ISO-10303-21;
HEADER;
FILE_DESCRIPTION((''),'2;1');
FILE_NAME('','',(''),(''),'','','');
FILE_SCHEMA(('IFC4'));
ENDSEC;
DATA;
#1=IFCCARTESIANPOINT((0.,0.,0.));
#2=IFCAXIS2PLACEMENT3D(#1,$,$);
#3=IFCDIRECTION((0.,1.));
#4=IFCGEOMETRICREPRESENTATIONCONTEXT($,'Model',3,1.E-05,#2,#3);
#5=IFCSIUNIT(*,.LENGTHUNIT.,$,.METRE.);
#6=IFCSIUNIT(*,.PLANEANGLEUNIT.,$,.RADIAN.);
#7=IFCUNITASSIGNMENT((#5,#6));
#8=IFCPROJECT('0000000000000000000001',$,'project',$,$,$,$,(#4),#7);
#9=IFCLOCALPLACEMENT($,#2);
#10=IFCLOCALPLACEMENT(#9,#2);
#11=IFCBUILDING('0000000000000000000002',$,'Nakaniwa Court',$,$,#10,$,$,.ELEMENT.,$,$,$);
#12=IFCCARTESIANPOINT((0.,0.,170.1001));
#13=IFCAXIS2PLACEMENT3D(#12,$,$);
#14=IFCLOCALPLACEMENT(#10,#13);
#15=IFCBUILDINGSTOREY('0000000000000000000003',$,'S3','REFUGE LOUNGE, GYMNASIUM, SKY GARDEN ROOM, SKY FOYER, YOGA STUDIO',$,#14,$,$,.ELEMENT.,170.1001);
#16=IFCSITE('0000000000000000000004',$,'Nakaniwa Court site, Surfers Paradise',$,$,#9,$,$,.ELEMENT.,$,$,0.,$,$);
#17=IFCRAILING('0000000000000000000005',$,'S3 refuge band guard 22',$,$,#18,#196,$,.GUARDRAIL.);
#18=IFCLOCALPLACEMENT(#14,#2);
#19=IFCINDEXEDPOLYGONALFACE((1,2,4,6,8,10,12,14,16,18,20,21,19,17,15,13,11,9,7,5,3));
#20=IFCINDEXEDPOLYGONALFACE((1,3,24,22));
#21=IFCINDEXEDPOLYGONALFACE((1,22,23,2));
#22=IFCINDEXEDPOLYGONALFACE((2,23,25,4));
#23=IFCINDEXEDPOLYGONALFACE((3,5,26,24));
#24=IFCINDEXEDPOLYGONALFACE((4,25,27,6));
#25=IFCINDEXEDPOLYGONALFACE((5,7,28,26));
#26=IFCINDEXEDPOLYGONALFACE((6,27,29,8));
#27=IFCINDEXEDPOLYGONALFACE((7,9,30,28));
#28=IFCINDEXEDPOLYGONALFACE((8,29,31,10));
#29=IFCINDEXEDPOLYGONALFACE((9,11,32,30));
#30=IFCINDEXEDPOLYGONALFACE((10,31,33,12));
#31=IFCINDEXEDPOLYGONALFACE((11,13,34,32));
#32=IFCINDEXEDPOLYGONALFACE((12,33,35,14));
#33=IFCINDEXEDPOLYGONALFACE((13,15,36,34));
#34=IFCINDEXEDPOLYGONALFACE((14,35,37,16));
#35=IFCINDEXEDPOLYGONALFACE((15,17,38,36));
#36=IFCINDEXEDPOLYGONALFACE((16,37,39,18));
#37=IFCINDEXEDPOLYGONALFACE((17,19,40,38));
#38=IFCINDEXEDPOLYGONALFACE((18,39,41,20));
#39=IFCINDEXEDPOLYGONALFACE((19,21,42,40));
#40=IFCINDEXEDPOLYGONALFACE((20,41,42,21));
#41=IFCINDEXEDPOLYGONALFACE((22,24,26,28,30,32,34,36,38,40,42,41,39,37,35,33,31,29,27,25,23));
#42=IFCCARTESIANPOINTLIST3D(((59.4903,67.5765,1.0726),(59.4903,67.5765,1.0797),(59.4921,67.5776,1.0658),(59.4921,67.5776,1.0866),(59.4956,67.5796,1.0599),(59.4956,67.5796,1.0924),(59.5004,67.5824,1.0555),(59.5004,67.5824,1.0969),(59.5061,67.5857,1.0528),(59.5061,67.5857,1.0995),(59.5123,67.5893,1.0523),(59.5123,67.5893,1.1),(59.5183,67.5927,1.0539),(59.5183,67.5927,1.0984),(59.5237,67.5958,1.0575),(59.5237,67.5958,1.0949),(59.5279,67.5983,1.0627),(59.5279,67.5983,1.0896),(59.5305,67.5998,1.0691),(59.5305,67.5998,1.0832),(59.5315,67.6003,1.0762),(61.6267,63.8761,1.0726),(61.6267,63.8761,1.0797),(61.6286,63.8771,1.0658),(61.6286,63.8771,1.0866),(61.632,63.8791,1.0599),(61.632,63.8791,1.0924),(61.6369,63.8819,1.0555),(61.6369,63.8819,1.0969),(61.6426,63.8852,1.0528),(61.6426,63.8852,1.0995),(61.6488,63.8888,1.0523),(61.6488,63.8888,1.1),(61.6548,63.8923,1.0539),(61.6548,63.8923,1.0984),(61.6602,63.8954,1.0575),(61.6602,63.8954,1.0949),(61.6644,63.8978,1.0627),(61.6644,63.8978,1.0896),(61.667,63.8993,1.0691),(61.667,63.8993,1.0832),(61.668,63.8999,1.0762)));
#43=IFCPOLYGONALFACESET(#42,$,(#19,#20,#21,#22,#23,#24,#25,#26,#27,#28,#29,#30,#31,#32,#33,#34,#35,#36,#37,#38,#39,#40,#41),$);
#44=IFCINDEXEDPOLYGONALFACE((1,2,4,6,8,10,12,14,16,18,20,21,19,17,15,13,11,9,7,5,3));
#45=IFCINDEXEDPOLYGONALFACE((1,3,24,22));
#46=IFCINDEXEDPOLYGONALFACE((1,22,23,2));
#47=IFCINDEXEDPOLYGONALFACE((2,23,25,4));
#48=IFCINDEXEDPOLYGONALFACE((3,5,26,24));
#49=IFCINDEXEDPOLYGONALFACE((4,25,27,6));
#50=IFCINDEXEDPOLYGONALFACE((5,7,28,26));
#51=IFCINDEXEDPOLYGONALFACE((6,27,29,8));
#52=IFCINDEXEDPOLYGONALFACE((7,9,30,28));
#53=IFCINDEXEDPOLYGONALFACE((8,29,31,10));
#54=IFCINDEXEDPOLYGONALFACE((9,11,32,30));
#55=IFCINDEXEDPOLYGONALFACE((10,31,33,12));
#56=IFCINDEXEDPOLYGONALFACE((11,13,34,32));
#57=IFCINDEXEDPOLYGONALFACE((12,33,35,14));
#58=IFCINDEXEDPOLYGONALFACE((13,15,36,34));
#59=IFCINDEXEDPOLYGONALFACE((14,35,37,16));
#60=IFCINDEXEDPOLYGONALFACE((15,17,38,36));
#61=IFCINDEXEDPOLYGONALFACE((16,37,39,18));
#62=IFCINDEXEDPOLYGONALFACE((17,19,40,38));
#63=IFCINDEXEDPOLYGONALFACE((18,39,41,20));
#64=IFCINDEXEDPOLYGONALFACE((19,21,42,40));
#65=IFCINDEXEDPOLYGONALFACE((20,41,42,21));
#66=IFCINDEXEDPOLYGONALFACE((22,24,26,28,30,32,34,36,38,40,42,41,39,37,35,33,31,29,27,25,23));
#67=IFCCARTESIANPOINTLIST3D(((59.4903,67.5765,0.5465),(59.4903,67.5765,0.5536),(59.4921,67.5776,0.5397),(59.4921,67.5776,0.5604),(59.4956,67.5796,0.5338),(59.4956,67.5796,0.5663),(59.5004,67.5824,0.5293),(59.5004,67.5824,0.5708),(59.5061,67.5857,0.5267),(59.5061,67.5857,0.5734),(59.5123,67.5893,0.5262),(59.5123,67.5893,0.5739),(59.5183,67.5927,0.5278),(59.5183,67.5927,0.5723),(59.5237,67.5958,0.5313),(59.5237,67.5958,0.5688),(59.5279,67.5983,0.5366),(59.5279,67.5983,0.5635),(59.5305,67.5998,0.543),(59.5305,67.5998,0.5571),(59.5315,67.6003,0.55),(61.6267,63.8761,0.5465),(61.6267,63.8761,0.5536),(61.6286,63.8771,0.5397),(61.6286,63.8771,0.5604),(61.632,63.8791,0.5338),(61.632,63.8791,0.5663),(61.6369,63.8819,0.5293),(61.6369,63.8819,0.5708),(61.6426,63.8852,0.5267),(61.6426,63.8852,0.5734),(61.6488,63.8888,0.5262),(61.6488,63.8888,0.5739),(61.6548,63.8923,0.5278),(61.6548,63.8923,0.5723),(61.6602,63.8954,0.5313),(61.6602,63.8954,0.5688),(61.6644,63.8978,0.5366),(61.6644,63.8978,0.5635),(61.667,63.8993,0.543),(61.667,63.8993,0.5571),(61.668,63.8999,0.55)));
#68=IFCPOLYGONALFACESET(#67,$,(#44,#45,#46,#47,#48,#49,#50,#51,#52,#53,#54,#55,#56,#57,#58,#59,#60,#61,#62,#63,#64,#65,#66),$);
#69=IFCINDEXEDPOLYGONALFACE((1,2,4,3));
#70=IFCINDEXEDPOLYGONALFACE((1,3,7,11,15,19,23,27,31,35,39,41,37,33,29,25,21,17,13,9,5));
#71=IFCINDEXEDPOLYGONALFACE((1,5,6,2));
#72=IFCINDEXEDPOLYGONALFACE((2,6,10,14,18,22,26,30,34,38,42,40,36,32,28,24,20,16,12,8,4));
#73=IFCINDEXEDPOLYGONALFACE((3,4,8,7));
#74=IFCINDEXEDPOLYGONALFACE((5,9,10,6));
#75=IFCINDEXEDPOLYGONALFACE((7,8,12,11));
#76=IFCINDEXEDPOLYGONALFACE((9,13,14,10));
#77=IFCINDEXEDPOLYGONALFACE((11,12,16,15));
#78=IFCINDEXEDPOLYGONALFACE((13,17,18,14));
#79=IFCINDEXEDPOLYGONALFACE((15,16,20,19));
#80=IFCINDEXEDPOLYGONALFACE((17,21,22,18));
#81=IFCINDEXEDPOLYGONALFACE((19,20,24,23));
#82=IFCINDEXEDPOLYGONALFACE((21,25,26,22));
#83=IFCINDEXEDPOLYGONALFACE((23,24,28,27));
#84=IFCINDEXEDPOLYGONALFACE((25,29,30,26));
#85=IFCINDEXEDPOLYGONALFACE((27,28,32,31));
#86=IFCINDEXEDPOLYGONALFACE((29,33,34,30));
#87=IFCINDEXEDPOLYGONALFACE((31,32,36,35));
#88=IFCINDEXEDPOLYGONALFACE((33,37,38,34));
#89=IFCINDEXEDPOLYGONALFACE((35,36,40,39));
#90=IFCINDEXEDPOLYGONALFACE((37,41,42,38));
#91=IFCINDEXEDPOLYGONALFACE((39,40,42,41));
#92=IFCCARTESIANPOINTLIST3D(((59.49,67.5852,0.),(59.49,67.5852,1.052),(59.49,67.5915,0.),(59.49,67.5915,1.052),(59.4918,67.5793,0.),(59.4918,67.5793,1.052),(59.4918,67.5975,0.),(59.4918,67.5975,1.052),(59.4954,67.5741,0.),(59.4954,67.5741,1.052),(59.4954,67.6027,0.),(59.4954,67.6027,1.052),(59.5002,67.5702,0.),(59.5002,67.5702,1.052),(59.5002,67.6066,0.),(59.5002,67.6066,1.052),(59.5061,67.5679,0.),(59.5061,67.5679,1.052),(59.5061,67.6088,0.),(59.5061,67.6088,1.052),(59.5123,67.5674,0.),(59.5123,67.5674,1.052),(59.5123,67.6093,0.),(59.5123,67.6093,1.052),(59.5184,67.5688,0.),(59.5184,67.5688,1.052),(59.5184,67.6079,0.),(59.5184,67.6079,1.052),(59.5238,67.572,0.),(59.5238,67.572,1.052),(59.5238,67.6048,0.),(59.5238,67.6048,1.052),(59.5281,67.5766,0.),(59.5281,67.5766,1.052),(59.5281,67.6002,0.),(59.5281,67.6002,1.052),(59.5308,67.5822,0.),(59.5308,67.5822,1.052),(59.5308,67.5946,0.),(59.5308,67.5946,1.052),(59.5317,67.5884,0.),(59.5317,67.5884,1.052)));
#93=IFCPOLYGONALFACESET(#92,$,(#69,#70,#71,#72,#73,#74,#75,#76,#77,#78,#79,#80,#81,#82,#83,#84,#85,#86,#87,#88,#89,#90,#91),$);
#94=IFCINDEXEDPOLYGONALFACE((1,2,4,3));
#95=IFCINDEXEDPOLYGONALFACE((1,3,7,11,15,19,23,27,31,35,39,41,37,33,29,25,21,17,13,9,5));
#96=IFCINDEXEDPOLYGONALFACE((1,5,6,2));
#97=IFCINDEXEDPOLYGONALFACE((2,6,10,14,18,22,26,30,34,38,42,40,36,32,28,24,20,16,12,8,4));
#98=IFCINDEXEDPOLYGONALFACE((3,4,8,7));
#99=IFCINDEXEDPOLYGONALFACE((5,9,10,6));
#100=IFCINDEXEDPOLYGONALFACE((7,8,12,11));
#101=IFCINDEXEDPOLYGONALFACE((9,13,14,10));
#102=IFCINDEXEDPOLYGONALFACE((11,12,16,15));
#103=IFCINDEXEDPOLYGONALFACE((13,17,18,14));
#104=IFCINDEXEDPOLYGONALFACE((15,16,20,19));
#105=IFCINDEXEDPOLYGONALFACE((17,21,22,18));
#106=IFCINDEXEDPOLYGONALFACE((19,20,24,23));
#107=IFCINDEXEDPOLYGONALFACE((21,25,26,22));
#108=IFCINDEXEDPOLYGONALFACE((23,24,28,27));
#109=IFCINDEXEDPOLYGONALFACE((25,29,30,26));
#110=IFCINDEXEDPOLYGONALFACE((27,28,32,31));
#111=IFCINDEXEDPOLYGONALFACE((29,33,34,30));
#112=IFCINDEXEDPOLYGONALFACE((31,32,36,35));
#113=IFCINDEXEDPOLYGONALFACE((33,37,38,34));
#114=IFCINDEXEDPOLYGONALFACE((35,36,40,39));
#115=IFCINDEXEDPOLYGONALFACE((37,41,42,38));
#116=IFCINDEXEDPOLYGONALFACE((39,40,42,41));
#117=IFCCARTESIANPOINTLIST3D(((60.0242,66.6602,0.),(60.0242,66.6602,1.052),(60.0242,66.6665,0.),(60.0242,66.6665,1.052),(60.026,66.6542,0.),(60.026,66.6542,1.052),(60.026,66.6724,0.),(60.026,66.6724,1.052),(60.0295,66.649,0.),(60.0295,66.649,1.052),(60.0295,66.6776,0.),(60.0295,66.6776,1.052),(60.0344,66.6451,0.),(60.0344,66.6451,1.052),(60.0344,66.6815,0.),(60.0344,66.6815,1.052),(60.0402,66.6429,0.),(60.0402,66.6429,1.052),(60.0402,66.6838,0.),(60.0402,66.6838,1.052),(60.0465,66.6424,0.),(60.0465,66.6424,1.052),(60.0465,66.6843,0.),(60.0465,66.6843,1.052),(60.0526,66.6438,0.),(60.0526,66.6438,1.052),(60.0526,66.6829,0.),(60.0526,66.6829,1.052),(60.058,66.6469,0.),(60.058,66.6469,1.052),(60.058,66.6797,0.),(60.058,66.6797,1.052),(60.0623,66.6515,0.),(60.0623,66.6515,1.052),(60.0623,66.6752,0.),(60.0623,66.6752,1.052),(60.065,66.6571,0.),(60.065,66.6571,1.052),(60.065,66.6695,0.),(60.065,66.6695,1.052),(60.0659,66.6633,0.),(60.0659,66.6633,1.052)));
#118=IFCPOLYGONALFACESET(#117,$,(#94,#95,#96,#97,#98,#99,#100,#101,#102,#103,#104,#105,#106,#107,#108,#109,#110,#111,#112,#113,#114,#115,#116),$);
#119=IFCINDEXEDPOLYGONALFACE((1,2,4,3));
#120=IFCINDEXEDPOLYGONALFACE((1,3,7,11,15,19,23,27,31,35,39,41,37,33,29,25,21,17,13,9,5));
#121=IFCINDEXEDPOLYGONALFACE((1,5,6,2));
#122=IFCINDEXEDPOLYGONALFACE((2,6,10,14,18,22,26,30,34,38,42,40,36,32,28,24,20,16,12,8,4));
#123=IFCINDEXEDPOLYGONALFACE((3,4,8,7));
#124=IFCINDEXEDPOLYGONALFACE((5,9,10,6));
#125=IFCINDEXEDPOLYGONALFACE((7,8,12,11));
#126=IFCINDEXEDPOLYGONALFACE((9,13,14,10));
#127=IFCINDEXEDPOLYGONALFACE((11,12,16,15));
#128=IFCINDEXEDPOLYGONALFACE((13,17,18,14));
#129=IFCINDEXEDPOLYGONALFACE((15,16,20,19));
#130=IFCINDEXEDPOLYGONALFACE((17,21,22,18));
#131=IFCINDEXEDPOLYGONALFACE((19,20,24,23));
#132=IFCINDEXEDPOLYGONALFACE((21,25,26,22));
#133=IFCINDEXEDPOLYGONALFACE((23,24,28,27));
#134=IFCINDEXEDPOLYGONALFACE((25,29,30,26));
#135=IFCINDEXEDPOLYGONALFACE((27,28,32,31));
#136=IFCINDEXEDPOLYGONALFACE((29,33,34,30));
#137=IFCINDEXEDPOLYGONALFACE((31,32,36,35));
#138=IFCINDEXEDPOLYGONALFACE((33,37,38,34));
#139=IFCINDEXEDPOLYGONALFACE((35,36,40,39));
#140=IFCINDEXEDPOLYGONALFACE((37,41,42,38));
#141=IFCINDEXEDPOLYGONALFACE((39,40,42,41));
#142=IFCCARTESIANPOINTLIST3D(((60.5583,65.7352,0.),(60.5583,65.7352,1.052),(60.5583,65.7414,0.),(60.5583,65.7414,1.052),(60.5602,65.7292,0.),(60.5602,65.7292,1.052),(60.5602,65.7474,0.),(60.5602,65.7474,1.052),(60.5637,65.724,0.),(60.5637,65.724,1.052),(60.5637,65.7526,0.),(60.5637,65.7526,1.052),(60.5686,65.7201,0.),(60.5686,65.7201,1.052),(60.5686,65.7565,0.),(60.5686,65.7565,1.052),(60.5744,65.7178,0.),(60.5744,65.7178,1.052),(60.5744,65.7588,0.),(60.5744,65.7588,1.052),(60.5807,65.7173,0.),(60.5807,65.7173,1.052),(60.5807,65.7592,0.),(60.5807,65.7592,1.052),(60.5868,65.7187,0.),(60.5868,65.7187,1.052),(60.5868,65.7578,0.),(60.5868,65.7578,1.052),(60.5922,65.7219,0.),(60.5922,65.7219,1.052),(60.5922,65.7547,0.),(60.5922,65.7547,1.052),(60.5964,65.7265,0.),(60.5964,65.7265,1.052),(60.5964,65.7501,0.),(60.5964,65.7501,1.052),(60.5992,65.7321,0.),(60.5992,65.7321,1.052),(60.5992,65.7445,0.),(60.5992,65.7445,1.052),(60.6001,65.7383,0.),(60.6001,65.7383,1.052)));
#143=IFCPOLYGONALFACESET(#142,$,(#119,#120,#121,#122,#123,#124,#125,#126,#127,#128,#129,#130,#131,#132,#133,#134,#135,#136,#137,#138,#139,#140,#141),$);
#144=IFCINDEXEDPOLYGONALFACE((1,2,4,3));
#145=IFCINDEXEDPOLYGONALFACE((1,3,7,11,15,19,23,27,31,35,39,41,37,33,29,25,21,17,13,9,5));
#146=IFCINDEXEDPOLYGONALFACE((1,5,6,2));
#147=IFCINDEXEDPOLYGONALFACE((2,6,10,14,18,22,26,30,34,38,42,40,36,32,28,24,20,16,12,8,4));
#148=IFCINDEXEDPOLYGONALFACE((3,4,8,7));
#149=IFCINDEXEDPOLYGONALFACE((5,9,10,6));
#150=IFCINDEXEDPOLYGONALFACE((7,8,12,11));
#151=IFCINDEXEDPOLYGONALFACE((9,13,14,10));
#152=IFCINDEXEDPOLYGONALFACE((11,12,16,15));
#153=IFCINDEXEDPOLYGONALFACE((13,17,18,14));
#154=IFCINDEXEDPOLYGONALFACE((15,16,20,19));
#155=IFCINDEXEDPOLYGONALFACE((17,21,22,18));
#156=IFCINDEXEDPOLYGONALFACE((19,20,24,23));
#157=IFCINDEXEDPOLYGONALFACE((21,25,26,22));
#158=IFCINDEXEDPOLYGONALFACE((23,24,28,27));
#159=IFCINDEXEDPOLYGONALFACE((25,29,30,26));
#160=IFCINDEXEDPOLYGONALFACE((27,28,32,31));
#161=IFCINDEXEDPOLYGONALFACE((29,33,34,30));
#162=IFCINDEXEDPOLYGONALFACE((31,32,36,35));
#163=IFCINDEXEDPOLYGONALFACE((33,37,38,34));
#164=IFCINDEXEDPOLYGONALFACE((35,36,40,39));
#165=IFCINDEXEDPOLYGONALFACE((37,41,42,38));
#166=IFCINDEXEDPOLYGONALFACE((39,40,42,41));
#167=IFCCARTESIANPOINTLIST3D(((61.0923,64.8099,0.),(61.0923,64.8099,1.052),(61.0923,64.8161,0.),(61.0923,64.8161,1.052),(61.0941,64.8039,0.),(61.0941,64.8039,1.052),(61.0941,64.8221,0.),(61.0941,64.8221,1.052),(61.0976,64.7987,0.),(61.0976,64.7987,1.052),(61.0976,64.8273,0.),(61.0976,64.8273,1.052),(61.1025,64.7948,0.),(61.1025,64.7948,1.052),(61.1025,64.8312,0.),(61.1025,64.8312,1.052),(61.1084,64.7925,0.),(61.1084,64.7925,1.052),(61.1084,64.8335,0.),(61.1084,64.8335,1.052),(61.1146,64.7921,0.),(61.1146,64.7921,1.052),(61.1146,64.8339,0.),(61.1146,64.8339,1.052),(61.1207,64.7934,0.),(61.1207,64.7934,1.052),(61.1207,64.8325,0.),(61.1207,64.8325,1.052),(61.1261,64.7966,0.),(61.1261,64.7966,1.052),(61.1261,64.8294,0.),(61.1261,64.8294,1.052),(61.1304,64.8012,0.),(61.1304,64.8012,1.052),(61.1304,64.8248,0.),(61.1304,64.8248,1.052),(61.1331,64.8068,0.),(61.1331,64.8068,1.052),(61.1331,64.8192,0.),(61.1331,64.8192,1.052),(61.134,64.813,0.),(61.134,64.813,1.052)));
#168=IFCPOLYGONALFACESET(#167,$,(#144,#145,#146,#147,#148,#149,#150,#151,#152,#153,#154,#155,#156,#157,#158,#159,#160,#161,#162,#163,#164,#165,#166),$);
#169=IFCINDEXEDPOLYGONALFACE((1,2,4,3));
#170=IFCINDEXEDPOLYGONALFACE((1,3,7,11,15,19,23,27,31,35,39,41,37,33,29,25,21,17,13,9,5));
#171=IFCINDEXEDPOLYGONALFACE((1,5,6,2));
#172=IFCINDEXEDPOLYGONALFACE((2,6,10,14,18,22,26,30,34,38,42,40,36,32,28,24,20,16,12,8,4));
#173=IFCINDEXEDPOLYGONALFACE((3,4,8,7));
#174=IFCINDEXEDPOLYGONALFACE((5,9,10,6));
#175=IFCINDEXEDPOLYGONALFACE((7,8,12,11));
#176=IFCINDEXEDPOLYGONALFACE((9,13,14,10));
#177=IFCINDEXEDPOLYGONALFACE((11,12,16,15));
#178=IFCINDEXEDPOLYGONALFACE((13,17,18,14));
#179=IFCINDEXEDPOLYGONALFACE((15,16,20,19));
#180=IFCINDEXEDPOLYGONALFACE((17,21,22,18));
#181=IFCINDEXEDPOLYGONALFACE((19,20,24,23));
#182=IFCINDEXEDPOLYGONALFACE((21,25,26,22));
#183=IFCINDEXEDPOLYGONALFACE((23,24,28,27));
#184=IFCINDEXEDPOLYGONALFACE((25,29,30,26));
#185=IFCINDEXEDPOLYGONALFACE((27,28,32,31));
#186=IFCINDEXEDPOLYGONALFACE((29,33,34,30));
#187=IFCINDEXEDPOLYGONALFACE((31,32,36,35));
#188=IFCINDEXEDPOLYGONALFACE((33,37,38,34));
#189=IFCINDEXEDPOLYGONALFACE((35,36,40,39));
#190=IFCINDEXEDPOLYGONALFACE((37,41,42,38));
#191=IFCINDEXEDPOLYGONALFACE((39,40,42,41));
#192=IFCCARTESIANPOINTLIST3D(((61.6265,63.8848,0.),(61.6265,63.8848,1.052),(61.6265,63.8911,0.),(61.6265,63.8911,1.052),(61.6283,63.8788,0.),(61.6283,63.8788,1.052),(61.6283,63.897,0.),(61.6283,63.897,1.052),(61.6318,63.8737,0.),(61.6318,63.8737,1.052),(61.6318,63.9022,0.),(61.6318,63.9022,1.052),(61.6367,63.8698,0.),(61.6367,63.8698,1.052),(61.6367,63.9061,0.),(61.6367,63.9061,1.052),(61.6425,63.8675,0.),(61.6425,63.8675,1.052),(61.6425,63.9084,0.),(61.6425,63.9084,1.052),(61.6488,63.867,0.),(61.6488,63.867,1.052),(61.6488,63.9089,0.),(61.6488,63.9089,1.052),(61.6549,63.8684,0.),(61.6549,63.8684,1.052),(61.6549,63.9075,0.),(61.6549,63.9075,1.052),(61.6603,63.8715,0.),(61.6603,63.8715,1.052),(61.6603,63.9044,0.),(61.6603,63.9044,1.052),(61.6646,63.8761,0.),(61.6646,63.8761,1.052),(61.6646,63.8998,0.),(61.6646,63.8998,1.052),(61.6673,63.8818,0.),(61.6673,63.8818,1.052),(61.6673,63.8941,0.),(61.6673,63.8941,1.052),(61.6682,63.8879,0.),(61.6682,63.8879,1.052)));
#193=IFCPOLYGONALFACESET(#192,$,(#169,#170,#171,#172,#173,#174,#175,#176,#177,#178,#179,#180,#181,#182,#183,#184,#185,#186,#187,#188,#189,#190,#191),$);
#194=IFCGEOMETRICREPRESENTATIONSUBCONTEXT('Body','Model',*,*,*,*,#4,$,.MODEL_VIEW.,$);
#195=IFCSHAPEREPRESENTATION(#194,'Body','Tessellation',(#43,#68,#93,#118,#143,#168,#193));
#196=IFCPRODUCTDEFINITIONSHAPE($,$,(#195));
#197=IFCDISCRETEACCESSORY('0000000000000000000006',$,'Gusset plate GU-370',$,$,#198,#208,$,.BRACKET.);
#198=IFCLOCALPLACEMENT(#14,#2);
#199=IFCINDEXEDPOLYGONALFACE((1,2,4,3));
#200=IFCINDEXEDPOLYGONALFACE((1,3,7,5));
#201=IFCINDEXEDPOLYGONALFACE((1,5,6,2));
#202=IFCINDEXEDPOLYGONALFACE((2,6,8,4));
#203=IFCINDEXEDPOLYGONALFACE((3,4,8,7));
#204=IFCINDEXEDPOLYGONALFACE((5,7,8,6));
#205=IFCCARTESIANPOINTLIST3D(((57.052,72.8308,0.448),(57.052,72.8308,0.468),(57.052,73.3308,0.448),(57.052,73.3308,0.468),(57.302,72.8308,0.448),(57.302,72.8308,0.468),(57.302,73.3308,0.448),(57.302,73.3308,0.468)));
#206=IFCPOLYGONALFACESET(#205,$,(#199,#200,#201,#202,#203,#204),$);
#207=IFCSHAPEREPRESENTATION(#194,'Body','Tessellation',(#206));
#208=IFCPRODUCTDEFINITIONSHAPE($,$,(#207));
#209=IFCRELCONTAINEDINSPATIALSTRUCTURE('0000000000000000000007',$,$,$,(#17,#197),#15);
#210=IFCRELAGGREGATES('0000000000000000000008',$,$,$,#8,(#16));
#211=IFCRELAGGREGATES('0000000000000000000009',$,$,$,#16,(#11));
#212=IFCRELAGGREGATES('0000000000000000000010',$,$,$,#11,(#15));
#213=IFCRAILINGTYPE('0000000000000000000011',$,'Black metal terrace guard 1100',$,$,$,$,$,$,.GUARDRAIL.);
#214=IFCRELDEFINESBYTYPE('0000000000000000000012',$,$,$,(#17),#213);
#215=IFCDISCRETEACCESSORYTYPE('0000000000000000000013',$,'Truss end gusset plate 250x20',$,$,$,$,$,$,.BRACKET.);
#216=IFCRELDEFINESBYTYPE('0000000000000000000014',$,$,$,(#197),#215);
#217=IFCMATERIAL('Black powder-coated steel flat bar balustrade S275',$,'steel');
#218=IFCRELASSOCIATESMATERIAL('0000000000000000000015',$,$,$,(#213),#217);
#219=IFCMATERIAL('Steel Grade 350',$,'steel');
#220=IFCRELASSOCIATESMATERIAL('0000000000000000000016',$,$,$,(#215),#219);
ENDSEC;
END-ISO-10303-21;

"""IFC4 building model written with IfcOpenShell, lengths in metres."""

from ifc_helpers import new_model, si_unit, direction, frame, origin, origin_2d, place, context, subcontext, project, spatial, rectangle, circle, extrude, material, material_profile, profile_set, type_object, element, save


model = new_model("IFC4")

# Units and contexts
model_context = context("Model", 3, precision=1e-05, world=origin(), true_north=direction((0.0, 1.0)))
body_context = subcontext(model_context, "Body", "Model", "MODEL_VIEW")
ifc_project = project(units=[si_unit("LENGTHUNIT", "METRE"), si_unit("PLANEANGLEUNIT", "RADIAN")], contexts=[model_context])

# Site, building, storey
site_placement = place(None, origin())
site = spatial("IfcSite", under=ifc_project, at=site_placement, Name="Nakaniwa Court site, Surfers Paradise", CompositionType="ELEMENT", RefElevation=0.0)
building_placement = place(site_placement, origin())
building = spatial("IfcBuilding", under=site, at=building_placement, Name="Nakaniwa Court", CompositionType="ELEMENT")
storey_placement = place(building_placement, frame((0.0, 0.0, 170.1001)))
storey = spatial("IfcBuildingStorey", under=building, at=storey_placement, Name="S3", Description="REFUGE LOUNGE, GYMNASIUM, SKY GARDEN ROOM, SKY FOYER, YOGA STUDIO", CompositionType="ELEMENT", Elevation=170.1001)

# Shared definitions
ifc_material_1 = material(Name="Steel Grade 350", Category="steel")

# Railing
ifc_material_2 = material(Name="Black powder-coated steel flat bar balustrade S275", Category="steel")
railing_type = type_object("IfcRailingType", Name="Black metal terrace guard 1100", PredefinedType="GUARDRAIL", material=ifc_material_2)
railing_1_placement = place(storey_placement, frame((59.5107, 67.5884, 0.0)))
element("IfcRailing", 1, at=railing_1_placement, inside=storey, type_object=railing_type, Name="S3 refuge band guard 22", PredefinedType="GUARDRAIL", context=body_context, shape_type="SweptSolid", body=[
    extrude(circle(Radius=0.0239, at=origin_2d()), frame((0.0, 0.0, 1.0762), z_axis=(0.500004, -0.866023, 0.0), x_axis=(0.866023, 0.500004, 0.0)), (0.0, 0.0, 1.0), 4.2729),
    extrude(circle(Radius=0.0239, at=origin_2d()), frame((0.0, 0.0, 0.55), z_axis=(0.500004, -0.866023, 0.0), x_axis=(0.866023, 0.500004, 0.0)), (0.0, 0.0, 1.0), 4.2729),
    extrude(circle(Radius=0.021, at=origin_2d()), origin(), (0.0, 0.0, 1.0), 1.052),
    extrude(circle(Radius=0.021, at=origin_2d()), frame((0.5342, -0.925, 0.0)), (0.0, 0.0, 1.0), 1.052),
    extrude(circle(Radius=0.021, at=origin_2d()), frame((1.0684, -1.8501, 0.0)), (0.0, 0.0, 1.0), 1.052),
    extrude(circle(Radius=0.021, at=origin_2d()), frame((1.6023, -2.7754, 0.0)), (0.0, 0.0, 1.0), 1.052),
    extrude(circle(Radius=0.021, at=origin_2d()), frame((2.1365, -3.7004, 0.0)), (0.0, 0.0, 1.0), 1.052),
])

# Discrete accessory
ifc_material_profile_1 = material_profile(ifc_material_1, rectangle(XDim=0.25, YDim=0.02, at=origin_2d()), Name="Truss end gusset plate 250x20")
ifc_profile_set_1 = profile_set([ifc_material_profile_1], Name="Steel Grade 350")
discrete_accessory_type = type_object("IfcDiscreteAccessoryType", Name="Truss end gusset plate 250x20", PredefinedType="BRACKET", material=ifc_profile_set_1)
for number, where, z_axis, x_axis, name in (
    (2, (57.177, 73.3308, 0.458), (0.0, -1.0, 0.0), (1.0, 0.0, 0.0), "Gusset plate GU-370"),
):
    element("IfcDiscreteAccessory", number, at=place(storey_placement, frame(where, z_axis=z_axis, x_axis=x_axis)), inside=storey, type_object=discrete_accessory_type, Name=name, PredefinedType="BRACKET", context=body_context, shape_type="SweptSolid", body=[
        extrude(rectangle(XDim=0.25, YDim=0.02, at=origin_2d()), origin(), (0.0, 0.0, 1.0), 0.5),
    ])

save(model, "model.ifc")
